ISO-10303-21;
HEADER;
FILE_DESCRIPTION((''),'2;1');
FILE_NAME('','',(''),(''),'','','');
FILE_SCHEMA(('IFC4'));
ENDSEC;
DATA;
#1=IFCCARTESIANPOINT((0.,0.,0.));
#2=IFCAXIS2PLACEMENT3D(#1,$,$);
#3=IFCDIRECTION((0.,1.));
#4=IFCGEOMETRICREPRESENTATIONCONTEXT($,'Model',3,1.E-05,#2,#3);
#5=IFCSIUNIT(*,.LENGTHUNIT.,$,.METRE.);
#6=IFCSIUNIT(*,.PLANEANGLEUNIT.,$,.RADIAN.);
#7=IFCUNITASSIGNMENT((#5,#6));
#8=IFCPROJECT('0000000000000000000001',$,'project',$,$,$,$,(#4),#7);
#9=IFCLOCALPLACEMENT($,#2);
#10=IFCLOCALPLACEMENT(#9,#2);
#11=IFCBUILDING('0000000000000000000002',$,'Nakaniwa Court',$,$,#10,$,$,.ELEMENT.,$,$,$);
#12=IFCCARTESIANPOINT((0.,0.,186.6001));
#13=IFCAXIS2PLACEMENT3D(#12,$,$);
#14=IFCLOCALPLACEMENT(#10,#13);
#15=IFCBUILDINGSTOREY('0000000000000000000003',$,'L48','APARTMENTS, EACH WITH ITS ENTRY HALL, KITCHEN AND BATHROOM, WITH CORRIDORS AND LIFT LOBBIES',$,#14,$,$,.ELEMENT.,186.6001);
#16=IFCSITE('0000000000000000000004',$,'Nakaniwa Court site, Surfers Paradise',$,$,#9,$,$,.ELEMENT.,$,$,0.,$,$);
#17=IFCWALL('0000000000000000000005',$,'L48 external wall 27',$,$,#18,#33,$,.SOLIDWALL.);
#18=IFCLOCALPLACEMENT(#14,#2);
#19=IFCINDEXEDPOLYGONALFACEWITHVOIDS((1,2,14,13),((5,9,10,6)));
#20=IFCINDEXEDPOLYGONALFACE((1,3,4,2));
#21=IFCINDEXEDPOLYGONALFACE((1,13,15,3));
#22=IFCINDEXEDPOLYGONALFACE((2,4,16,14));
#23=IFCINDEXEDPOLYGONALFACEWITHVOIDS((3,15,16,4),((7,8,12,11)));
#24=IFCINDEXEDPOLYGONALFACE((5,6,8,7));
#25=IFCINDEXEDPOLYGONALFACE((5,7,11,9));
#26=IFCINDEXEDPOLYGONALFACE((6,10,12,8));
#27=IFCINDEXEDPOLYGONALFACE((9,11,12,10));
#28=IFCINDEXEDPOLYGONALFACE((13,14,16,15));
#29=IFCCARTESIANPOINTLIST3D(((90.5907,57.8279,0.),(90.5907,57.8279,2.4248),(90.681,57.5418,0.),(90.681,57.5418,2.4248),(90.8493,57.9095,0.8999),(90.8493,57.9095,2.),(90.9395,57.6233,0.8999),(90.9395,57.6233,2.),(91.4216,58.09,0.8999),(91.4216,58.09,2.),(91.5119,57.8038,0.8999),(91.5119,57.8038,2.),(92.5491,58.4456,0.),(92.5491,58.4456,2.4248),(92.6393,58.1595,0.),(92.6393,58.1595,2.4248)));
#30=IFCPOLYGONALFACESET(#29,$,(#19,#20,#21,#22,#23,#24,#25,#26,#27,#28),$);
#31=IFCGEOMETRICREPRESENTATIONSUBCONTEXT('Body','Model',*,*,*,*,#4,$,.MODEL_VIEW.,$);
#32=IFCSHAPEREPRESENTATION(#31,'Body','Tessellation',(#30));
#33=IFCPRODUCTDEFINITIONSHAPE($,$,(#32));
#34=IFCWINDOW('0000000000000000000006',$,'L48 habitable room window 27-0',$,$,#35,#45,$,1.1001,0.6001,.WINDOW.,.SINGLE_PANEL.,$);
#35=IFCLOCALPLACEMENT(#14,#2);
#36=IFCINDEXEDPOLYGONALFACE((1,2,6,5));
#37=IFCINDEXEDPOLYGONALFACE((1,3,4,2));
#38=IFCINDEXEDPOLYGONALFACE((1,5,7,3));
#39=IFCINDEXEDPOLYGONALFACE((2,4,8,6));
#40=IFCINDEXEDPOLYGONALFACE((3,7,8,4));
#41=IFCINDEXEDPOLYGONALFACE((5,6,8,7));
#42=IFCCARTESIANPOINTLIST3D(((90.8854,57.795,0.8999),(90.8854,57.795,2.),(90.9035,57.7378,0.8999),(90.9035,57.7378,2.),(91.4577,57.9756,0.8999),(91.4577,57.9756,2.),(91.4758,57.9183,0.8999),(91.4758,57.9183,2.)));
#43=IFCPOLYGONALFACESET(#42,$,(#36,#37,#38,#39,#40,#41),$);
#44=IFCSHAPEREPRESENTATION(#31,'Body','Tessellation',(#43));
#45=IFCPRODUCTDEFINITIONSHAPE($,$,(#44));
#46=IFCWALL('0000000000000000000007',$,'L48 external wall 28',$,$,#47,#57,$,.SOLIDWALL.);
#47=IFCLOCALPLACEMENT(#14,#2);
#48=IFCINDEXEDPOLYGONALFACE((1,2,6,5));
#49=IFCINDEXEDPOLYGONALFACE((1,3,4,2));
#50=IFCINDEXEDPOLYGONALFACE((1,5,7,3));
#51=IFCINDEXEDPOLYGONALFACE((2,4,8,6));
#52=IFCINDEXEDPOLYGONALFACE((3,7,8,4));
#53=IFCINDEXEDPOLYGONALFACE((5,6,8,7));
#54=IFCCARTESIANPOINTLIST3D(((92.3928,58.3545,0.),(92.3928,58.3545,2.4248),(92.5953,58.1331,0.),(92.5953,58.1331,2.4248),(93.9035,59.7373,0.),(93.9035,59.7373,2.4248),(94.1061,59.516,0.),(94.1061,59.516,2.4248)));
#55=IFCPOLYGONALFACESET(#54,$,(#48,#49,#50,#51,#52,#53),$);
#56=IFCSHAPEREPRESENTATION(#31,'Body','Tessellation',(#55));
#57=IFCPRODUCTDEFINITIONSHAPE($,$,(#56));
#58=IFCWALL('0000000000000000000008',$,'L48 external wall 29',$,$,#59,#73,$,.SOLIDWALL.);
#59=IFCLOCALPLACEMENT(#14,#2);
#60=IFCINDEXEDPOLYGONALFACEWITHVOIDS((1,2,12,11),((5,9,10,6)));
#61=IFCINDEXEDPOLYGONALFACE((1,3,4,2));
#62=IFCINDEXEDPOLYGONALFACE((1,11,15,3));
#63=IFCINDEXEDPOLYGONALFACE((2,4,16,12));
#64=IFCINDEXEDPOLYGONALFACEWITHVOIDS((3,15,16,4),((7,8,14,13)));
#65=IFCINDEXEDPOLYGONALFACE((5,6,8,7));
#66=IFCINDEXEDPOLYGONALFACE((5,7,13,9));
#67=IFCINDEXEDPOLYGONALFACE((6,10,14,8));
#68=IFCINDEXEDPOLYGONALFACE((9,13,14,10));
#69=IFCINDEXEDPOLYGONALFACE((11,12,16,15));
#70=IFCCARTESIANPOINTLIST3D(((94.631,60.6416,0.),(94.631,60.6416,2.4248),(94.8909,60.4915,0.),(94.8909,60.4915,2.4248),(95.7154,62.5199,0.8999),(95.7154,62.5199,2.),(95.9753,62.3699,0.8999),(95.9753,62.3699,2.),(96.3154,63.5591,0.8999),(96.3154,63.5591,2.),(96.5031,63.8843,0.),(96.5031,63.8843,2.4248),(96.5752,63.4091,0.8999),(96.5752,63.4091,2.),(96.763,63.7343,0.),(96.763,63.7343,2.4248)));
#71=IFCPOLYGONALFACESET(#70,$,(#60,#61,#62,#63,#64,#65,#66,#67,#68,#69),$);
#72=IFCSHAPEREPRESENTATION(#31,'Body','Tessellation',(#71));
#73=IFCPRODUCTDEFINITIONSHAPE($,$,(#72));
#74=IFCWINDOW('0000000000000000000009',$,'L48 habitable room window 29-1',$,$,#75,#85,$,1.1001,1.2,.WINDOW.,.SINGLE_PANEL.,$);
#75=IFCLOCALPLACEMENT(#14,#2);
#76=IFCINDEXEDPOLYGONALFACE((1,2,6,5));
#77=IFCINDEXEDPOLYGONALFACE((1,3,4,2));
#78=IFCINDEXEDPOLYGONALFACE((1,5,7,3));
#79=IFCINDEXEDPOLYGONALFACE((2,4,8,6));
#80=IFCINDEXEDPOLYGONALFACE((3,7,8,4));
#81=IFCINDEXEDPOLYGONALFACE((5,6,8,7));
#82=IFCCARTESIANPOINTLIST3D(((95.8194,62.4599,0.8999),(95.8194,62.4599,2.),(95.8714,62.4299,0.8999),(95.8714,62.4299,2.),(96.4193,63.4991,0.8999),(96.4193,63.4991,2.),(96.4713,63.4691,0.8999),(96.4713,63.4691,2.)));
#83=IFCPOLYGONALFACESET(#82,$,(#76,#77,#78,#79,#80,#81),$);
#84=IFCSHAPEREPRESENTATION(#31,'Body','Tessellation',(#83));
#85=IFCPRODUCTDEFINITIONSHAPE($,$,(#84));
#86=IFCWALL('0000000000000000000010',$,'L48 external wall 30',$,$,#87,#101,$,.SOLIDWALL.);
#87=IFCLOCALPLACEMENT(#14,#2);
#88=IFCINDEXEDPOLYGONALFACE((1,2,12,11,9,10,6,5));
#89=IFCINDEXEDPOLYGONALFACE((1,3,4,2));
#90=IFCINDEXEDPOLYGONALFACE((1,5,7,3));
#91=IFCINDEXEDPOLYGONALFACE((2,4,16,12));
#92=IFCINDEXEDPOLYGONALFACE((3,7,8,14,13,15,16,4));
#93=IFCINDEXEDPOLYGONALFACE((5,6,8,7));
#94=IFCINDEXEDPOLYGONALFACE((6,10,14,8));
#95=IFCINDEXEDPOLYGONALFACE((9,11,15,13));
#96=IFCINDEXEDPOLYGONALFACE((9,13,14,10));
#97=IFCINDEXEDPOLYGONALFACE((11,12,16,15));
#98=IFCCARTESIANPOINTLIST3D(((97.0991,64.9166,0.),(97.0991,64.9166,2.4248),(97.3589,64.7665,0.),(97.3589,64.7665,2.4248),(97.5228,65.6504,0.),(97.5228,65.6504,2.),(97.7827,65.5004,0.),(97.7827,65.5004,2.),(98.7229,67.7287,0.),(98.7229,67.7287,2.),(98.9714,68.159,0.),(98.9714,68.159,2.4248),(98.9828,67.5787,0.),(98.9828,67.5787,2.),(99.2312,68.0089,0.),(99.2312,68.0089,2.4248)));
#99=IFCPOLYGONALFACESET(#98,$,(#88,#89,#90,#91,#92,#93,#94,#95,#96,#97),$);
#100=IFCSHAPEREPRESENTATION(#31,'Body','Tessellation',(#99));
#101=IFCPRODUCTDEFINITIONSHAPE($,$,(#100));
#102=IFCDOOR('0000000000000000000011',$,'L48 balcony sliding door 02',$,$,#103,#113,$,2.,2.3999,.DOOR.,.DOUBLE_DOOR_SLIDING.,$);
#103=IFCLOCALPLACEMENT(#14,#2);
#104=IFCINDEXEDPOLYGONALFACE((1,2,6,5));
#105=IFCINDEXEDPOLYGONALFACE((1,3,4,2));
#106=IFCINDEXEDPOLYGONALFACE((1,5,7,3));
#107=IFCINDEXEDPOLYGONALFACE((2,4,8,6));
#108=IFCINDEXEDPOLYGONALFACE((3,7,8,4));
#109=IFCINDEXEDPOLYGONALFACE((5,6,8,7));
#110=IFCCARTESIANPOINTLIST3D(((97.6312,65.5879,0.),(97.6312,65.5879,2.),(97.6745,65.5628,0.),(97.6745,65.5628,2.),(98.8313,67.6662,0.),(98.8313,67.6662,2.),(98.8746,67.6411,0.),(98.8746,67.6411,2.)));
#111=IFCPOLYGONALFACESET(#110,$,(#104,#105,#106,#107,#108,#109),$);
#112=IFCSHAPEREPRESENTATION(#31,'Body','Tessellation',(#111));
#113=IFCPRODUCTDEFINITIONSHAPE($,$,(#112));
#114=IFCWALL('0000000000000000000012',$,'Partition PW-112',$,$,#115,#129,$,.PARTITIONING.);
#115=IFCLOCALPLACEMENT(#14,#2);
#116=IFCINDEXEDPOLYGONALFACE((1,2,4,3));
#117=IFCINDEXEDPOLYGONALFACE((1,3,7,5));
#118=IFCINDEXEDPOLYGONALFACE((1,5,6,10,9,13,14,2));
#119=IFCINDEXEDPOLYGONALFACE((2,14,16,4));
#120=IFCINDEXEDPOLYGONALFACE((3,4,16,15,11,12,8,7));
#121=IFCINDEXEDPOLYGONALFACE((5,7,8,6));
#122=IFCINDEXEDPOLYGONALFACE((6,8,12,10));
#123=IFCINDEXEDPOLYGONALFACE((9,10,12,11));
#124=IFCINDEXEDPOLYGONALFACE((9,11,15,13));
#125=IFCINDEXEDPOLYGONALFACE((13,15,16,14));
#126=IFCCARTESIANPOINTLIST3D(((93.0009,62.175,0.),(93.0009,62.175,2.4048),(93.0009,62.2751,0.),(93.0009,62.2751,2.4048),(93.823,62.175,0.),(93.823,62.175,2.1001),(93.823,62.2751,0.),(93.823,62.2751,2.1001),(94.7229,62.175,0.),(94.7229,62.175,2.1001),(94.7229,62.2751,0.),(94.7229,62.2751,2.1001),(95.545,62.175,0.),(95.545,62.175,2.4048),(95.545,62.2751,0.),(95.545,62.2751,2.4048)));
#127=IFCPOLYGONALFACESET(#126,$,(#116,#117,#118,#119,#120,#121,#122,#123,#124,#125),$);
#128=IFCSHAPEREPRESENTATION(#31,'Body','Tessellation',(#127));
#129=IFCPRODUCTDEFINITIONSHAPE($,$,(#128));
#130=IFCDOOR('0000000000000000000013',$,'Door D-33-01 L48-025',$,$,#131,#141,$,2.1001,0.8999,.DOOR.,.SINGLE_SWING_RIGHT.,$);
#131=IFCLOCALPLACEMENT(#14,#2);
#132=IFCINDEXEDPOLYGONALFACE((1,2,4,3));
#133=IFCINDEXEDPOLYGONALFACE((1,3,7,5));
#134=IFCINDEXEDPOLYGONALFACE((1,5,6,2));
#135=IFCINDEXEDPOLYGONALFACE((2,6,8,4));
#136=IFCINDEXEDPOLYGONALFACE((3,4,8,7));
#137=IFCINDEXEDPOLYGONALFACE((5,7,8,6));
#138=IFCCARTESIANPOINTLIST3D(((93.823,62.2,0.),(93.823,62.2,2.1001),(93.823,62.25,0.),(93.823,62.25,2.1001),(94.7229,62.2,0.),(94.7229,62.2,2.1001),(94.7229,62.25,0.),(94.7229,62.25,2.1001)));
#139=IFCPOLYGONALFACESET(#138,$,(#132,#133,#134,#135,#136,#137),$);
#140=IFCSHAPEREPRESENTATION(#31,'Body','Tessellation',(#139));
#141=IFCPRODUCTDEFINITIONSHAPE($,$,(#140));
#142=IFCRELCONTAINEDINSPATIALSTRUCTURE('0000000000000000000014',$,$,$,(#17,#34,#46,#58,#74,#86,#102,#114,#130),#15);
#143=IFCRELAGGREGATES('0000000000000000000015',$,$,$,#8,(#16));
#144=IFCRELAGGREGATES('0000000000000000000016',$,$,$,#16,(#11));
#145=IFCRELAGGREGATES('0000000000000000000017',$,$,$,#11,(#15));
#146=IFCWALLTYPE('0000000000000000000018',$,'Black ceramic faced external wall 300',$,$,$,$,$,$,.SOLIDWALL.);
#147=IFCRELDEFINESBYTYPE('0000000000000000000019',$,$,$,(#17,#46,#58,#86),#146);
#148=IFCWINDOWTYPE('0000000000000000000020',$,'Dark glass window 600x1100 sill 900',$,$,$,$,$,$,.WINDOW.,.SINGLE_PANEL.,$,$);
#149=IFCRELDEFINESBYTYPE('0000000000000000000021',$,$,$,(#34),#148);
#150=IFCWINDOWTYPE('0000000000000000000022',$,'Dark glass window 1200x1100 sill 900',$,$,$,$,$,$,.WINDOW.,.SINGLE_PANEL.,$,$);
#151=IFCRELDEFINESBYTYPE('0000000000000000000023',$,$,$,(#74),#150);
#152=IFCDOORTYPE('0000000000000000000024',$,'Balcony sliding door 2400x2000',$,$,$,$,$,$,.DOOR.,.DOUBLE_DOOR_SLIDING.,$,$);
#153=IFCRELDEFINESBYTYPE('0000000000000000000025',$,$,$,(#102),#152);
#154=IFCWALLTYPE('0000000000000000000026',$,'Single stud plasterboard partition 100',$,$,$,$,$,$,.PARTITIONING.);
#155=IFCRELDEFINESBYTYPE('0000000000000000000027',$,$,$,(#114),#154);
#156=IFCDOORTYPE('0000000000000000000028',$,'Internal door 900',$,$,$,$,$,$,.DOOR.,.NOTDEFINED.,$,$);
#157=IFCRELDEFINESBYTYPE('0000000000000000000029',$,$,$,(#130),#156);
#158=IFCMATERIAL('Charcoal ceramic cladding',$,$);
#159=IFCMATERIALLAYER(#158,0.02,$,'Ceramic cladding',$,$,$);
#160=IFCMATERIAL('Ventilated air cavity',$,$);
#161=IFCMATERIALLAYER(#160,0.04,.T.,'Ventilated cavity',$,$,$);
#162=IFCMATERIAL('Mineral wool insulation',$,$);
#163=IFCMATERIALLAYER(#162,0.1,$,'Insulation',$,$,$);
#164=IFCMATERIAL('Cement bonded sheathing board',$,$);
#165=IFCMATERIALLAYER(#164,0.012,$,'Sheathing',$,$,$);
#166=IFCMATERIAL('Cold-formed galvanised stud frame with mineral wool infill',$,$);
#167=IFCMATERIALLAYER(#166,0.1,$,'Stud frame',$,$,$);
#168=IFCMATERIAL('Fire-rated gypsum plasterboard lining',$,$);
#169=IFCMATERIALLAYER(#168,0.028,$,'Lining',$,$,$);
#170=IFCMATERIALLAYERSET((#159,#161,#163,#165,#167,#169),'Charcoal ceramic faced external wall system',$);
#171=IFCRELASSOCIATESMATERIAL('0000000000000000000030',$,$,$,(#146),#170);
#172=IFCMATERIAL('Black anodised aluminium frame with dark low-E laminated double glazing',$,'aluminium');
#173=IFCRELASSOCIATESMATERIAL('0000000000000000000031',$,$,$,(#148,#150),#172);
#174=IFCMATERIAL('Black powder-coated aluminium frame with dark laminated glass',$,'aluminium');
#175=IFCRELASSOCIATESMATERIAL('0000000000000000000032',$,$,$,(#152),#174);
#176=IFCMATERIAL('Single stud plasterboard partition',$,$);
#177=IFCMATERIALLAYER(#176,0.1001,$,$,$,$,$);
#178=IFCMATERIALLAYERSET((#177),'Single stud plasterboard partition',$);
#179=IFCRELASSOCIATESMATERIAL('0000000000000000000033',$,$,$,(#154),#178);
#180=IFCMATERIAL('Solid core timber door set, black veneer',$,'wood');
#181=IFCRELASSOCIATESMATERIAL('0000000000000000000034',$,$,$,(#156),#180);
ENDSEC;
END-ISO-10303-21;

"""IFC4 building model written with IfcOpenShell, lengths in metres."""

from ifc_helpers import new_model, si_unit, direction, frame, frame_2d, origin, place, context, subcontext, project, spatial, rectangle, extrude, material, layer, layer_set, type_object, element, fill, save


model = new_model("IFC4")

# Units and contexts
model_context = context("Model", 3, precision=1e-05, world=origin(), true_north=direction((0.0, 1.0)))
body_context = subcontext(model_context, "Body", "Model", "MODEL_VIEW")
ifc_project = project(units=[si_unit("LENGTHUNIT", "METRE"), si_unit("PLANEANGLEUNIT", "RADIAN")], contexts=[model_context])

# Site, building, storey
site_placement = place(None, origin())
site = spatial("IfcSite", under=ifc_project, at=site_placement, Name="Nakaniwa Court site, Surfers Paradise", CompositionType="ELEMENT", RefElevation=0.0)
building_placement = place(site_placement, origin())
building = spatial("IfcBuilding", under=site, at=building_placement, Name="Nakaniwa Court", CompositionType="ELEMENT")
storey_placement = place(building_placement, frame((0.0, 0.0, 186.6001)))
storey = spatial("IfcBuildingStorey", under=building, at=storey_placement, Name="L48", Description="APARTMENTS, EACH WITH ITS ENTRY HALL, KITCHEN AND BATHROOM, WITH CORRIDORS AND LIFT LOBBIES", CompositionType="ELEMENT", Elevation=186.6001)

# Shared definitions
ifc_material_1 = material(Name="Solid core timber door set, black veneer", Category="wood")

# Wall, opening, window
ifc_material_2 = material(Name="Charcoal ceramic cladding")
ifc_layer_1 = layer(ifc_material_2, 0.02, Name="Ceramic cladding")
ifc_material_3 = material(Name="Ventilated air cavity")
ifc_layer_2 = layer(ifc_material_3, 0.04, ventilated=True, Name="Ventilated cavity")
ifc_material_4 = material(Name="Mineral wool insulation")
ifc_layer_3 = layer(ifc_material_4, 0.1, Name="Insulation")
ifc_material_5 = material(Name="Cement bonded sheathing board")
ifc_layer_4 = layer(ifc_material_5, 0.012, Name="Sheathing")
ifc_material_6 = material(Name="Cold-formed galvanised stud frame with mineral wool infill")
ifc_layer_5 = layer(ifc_material_6, 0.1, Name="Stud frame")
ifc_material_7 = material(Name="Fire-rated gypsum plasterboard lining")
ifc_layer_6 = layer(ifc_material_7, 0.028, Name="Lining")
ifc_layer_set_1 = layer_set([ifc_layer_1, ifc_layer_2, ifc_layer_3, ifc_layer_4, ifc_layer_5, ifc_layer_6], Name="Charcoal ceramic faced external wall system")
wall_type_1 = type_object("IfcWallType", Name="Black ceramic faced external wall 300", PredefinedType="SOLIDWALL", material=ifc_layer_set_1)
wall_1_placement = place(storey_placement, frame((90.6357, 57.6848, 0.0), z_axis=(0.0, 0.0, 1.0), x_axis=(0.953683, 0.300813, 0.0)))
wall_1 = element("IfcWall", 1, at=wall_1_placement, inside=storey, type_object=wall_type_1, Name="L48 external wall 27", PredefinedType="SOLIDWALL", context=body_context, shape_type="SweptSolid", body=[
    extrude(rectangle(XDim=2.0535, YDim=0.3, at=frame_2d((1.0269, 0.0))), origin(), (0.0, 0.0, 1.0), 2.4248),
])
opening_1_placement = place(wall_1_placement, frame((0.2712, 0.0, 0.8999)))
opening_1 = element("IfcOpeningElement", 2, at=opening_1_placement, cuts=wall_1, PredefinedType="OPENING", context=body_context, shape_type="SweptSolid", body=[
    extrude(rectangle(XDim=0.6001, YDim=1.1001, at=frame_2d((0.3, 0.55))), frame((0.0, 0.1599, 0.0), z_axis=(0.0, -1.0, 0.0), x_axis=(1.0, 0.0, 0.0)), (0.0, 0.0, 1.0), 0.3201),
])
ifc_material_8 = material(Name="Black anodised aluminium frame with dark low-E laminated double glazing", Category="aluminium")
window_type_1 = type_object("IfcWindowType", Name="Dark glass window 600x1100 sill 900", PartitioningType="SINGLE_PANEL", PredefinedType="WINDOW", material=ifc_material_8)
window_1_placement = place(opening_1_placement, origin())
window_1 = element("IfcWindow", 3, at=window_1_placement, inside=storey, type_object=window_type_1, Name="L48 habitable room window 27-0", OverallHeight=1.1001, OverallWidth=0.6001, PartitioningType="SINGLE_PANEL", PredefinedType="WINDOW", context=body_context, shape_type="SweptSolid", body=[
    extrude(rectangle(XDim=0.6001, YDim=1.1001, at=frame_2d((0.3, 0.55))), frame((0.0, 0.03, 0.0), z_axis=(0.0, -1.0, 0.0), x_axis=(1.0, 0.0, 0.0)), (0.0, 0.0, 1.0), 0.0601),
])
fill(opening_1, window_1)

# Wall
wall_2_placement = place(storey_placement, frame((92.4941, 58.2439, 0.0), z_axis=(0.0, 0.0, 1.0), x_axis=(0.737649, 0.675185, 0.0)))
element("IfcWall", 4, at=wall_2_placement, inside=storey, type_object=wall_type_1, Name="L48 external wall 28", PredefinedType="SOLIDWALL", context=body_context, shape_type="SweptSolid", body=[
    extrude(rectangle(XDim=2.0481, YDim=0.3, at=frame_2d((1.0239, 0.0))), origin(), (0.0, 0.0, 1.0), 2.4248),
])

# Wall, opening, window
wall_3_placement = place(storey_placement, frame((94.761, 60.5667, 0.0), z_axis=(0.0, 0.0, 1.0), x_axis=(0.499982, 0.866036, 0.0)))
wall_3 = element("IfcWall", 5, at=wall_3_placement, inside=storey, type_object=wall_type_1, Name="L48 external wall 29", PredefinedType="SOLIDWALL", context=body_context, shape_type="SweptSolid", body=[
    extrude(rectangle(XDim=3.7444, YDim=0.3, at=frame_2d((1.8721, 0.0))), origin(), (0.0, 0.0, 1.0), 2.4248),
])
opening_2_placement = place(wall_3_placement, frame((2.1687, 0.0, 0.8999)))
opening_2 = element("IfcOpeningElement", 6, at=opening_2_placement, cuts=wall_3, PredefinedType="OPENING", context=body_context, shape_type="SweptSolid", body=[
    extrude(rectangle(XDim=1.2, YDim=1.1001, at=frame_2d((0.6001, 0.55))), frame((0.0, 0.1599, 0.0), z_axis=(0.0, -1.0, 0.0), x_axis=(1.0, 0.0, 0.0)), (0.0, 0.0, 1.0), 0.3201),
])
window_type_2 = type_object("IfcWindowType", Name="Dark glass window 1200x1100 sill 900", PartitioningType="SINGLE_PANEL", PredefinedType="WINDOW", material=ifc_material_8)
window_2_placement = place(opening_2_placement, origin())
window_2 = element("IfcWindow", 7, at=window_2_placement, inside=storey, type_object=window_type_2, Name="L48 habitable room window 29-1", OverallHeight=1.1001, OverallWidth=1.2, PartitioningType="SINGLE_PANEL", PredefinedType="WINDOW", context=body_context, shape_type="SweptSolid", body=[
    extrude(rectangle(XDim=1.2, YDim=1.1001, at=frame_2d((0.6001, 0.55))), frame((0.0, 0.03, 0.0), z_axis=(0.0, -1.0, 0.0), x_axis=(1.0, 0.0, 0.0)), (0.0, 0.0, 1.0), 0.0601),
])
fill(opening_2, window_2)

# Walls, openings, doors
wall_4_placement = place(storey_placement, frame((97.229, 64.8416, 0.0), z_axis=(0.0, 0.0, 1.0), x_axis=(0.500059, 0.865991, 0.0)))
wall_4 = element("IfcWall", 8, at=wall_4_placement, inside=storey, type_object=wall_type_1, Name="L48 external wall 30", PredefinedType="SOLIDWALL", context=body_context, shape_type="SweptSolid", body=[
    extrude(rectangle(XDim=3.7441, YDim=0.3, at=frame_2d((1.8721, 0.0))), origin(), (0.0, 0.0, 1.0), 2.4248),
])
opening_3_placement = place(wall_4_placement, frame((0.8474, 0.0, 0.0)))
opening_3 = element("IfcOpeningElement", 9, at=opening_3_placement, cuts=wall_4, PredefinedType="OPENING", context=body_context, shape_type="SweptSolid", body=[
    extrude(rectangle(XDim=2.3999, YDim=2.0, at=frame_2d((1.2, 1.0))), frame((0.0, 0.1599, 0.0), z_axis=(0.0, -1.0, 0.0), x_axis=(1.0, 0.0, 0.0)), (0.0, 0.0, 1.0), 0.3201),
])
ifc_material_9 = material(Name="Black powder-coated aluminium frame with dark laminated glass", Category="aluminium")
door_type_1 = type_object("IfcDoorType", Name="Balcony sliding door 2400x2000", OperationType="DOUBLE_DOOR_SLIDING", PredefinedType="DOOR", material=ifc_material_9)
door_1_placement = place(opening_3_placement, origin())
door_1 = element("IfcDoor", 10, at=door_1_placement, inside=storey, type_object=door_type_1, Name="L48 balcony sliding door 02", OperationType="DOUBLE_DOOR_SLIDING", OverallHeight=2.0, OverallWidth=2.3999, PredefinedType="DOOR", context=body_context, shape_type="SweptSolid", body=[
    extrude(rectangle(XDim=2.3999, YDim=2.0, at=frame_2d((1.2, 1.0))), frame((0.0, 0.0249, 0.0), z_axis=(0.0, -1.0, 0.0), x_axis=(1.0, 0.0, 0.0)), (0.0, 0.0, 1.0), 0.05),
])
fill(opening_3, door_1)
ifc_material_10 = material(Name="Single stud plasterboard partition")
ifc_layer_7 = layer(ifc_material_10, 0.1001)
ifc_layer_set_2 = layer_set([ifc_layer_7], Name="Single stud plasterboard partition")
wall_type_2 = type_object("IfcWallType", Name="Single stud plasterboard partition 100", PredefinedType="PARTITIONING", material=ifc_layer_set_2)
wall_5_placement = place(storey_placement, frame((93.001, 62.2251, 0.0), z_axis=(0.0, 0.0, 1.0), x_axis=(1.0, 0.0, 0.0)))
wall_5 = element("IfcWall", 11, at=wall_5_placement, inside=storey, type_object=wall_type_2, Name="Partition PW-112", PredefinedType="PARTITIONING", context=body_context, shape_type="SweptSolid", body=[
    extrude(rectangle(XDim=2.5442, YDim=0.1001, at=frame_2d((1.272, 0.0))), origin(), (0.0, 0.0, 1.0), 2.4048),
])
opening_4_placement = place(wall_5_placement, frame((0.822, 0.0, 0.0)))
opening_4 = element("IfcOpeningElement", 12, at=opening_4_placement, cuts=wall_5, PredefinedType="OPENING", context=body_context, shape_type="SweptSolid", body=[
    extrude(rectangle(XDim=0.8999, YDim=2.1001, at=frame_2d((0.45, 1.05))), frame((0.0, 0.0601, 0.0), z_axis=(0.0, -1.0, 0.0), x_axis=(1.0, 0.0, 0.0)), (0.0, 0.0, 1.0), 0.1201),
])
door_type_2 = type_object("IfcDoorType", Name="Internal door 900", OperationType="NOTDEFINED", PredefinedType="DOOR", material=ifc_material_1)
door_2_placement = place(opening_4_placement, origin())
door_2 = element("IfcDoor", 13, at=door_2_placement, inside=storey, type_object=door_type_2, Name="Door D-33-01 L48-025", OperationType="SINGLE_SWING_RIGHT", OverallHeight=2.1001, OverallWidth=0.8999, PredefinedType="DOOR", context=body_context, shape_type="SweptSolid", body=[
    extrude(rectangle(XDim=0.8999, YDim=2.1001, at=frame_2d((0.45, 1.05))), frame((0.0, 0.0249, 0.0), z_axis=(0.0, -1.0, 0.0), x_axis=(1.0, 0.0, 0.0)), (0.0, 0.0, 1.0), 0.05),
])
fill(opening_4, door_2)

save(model, "model.ifc")
